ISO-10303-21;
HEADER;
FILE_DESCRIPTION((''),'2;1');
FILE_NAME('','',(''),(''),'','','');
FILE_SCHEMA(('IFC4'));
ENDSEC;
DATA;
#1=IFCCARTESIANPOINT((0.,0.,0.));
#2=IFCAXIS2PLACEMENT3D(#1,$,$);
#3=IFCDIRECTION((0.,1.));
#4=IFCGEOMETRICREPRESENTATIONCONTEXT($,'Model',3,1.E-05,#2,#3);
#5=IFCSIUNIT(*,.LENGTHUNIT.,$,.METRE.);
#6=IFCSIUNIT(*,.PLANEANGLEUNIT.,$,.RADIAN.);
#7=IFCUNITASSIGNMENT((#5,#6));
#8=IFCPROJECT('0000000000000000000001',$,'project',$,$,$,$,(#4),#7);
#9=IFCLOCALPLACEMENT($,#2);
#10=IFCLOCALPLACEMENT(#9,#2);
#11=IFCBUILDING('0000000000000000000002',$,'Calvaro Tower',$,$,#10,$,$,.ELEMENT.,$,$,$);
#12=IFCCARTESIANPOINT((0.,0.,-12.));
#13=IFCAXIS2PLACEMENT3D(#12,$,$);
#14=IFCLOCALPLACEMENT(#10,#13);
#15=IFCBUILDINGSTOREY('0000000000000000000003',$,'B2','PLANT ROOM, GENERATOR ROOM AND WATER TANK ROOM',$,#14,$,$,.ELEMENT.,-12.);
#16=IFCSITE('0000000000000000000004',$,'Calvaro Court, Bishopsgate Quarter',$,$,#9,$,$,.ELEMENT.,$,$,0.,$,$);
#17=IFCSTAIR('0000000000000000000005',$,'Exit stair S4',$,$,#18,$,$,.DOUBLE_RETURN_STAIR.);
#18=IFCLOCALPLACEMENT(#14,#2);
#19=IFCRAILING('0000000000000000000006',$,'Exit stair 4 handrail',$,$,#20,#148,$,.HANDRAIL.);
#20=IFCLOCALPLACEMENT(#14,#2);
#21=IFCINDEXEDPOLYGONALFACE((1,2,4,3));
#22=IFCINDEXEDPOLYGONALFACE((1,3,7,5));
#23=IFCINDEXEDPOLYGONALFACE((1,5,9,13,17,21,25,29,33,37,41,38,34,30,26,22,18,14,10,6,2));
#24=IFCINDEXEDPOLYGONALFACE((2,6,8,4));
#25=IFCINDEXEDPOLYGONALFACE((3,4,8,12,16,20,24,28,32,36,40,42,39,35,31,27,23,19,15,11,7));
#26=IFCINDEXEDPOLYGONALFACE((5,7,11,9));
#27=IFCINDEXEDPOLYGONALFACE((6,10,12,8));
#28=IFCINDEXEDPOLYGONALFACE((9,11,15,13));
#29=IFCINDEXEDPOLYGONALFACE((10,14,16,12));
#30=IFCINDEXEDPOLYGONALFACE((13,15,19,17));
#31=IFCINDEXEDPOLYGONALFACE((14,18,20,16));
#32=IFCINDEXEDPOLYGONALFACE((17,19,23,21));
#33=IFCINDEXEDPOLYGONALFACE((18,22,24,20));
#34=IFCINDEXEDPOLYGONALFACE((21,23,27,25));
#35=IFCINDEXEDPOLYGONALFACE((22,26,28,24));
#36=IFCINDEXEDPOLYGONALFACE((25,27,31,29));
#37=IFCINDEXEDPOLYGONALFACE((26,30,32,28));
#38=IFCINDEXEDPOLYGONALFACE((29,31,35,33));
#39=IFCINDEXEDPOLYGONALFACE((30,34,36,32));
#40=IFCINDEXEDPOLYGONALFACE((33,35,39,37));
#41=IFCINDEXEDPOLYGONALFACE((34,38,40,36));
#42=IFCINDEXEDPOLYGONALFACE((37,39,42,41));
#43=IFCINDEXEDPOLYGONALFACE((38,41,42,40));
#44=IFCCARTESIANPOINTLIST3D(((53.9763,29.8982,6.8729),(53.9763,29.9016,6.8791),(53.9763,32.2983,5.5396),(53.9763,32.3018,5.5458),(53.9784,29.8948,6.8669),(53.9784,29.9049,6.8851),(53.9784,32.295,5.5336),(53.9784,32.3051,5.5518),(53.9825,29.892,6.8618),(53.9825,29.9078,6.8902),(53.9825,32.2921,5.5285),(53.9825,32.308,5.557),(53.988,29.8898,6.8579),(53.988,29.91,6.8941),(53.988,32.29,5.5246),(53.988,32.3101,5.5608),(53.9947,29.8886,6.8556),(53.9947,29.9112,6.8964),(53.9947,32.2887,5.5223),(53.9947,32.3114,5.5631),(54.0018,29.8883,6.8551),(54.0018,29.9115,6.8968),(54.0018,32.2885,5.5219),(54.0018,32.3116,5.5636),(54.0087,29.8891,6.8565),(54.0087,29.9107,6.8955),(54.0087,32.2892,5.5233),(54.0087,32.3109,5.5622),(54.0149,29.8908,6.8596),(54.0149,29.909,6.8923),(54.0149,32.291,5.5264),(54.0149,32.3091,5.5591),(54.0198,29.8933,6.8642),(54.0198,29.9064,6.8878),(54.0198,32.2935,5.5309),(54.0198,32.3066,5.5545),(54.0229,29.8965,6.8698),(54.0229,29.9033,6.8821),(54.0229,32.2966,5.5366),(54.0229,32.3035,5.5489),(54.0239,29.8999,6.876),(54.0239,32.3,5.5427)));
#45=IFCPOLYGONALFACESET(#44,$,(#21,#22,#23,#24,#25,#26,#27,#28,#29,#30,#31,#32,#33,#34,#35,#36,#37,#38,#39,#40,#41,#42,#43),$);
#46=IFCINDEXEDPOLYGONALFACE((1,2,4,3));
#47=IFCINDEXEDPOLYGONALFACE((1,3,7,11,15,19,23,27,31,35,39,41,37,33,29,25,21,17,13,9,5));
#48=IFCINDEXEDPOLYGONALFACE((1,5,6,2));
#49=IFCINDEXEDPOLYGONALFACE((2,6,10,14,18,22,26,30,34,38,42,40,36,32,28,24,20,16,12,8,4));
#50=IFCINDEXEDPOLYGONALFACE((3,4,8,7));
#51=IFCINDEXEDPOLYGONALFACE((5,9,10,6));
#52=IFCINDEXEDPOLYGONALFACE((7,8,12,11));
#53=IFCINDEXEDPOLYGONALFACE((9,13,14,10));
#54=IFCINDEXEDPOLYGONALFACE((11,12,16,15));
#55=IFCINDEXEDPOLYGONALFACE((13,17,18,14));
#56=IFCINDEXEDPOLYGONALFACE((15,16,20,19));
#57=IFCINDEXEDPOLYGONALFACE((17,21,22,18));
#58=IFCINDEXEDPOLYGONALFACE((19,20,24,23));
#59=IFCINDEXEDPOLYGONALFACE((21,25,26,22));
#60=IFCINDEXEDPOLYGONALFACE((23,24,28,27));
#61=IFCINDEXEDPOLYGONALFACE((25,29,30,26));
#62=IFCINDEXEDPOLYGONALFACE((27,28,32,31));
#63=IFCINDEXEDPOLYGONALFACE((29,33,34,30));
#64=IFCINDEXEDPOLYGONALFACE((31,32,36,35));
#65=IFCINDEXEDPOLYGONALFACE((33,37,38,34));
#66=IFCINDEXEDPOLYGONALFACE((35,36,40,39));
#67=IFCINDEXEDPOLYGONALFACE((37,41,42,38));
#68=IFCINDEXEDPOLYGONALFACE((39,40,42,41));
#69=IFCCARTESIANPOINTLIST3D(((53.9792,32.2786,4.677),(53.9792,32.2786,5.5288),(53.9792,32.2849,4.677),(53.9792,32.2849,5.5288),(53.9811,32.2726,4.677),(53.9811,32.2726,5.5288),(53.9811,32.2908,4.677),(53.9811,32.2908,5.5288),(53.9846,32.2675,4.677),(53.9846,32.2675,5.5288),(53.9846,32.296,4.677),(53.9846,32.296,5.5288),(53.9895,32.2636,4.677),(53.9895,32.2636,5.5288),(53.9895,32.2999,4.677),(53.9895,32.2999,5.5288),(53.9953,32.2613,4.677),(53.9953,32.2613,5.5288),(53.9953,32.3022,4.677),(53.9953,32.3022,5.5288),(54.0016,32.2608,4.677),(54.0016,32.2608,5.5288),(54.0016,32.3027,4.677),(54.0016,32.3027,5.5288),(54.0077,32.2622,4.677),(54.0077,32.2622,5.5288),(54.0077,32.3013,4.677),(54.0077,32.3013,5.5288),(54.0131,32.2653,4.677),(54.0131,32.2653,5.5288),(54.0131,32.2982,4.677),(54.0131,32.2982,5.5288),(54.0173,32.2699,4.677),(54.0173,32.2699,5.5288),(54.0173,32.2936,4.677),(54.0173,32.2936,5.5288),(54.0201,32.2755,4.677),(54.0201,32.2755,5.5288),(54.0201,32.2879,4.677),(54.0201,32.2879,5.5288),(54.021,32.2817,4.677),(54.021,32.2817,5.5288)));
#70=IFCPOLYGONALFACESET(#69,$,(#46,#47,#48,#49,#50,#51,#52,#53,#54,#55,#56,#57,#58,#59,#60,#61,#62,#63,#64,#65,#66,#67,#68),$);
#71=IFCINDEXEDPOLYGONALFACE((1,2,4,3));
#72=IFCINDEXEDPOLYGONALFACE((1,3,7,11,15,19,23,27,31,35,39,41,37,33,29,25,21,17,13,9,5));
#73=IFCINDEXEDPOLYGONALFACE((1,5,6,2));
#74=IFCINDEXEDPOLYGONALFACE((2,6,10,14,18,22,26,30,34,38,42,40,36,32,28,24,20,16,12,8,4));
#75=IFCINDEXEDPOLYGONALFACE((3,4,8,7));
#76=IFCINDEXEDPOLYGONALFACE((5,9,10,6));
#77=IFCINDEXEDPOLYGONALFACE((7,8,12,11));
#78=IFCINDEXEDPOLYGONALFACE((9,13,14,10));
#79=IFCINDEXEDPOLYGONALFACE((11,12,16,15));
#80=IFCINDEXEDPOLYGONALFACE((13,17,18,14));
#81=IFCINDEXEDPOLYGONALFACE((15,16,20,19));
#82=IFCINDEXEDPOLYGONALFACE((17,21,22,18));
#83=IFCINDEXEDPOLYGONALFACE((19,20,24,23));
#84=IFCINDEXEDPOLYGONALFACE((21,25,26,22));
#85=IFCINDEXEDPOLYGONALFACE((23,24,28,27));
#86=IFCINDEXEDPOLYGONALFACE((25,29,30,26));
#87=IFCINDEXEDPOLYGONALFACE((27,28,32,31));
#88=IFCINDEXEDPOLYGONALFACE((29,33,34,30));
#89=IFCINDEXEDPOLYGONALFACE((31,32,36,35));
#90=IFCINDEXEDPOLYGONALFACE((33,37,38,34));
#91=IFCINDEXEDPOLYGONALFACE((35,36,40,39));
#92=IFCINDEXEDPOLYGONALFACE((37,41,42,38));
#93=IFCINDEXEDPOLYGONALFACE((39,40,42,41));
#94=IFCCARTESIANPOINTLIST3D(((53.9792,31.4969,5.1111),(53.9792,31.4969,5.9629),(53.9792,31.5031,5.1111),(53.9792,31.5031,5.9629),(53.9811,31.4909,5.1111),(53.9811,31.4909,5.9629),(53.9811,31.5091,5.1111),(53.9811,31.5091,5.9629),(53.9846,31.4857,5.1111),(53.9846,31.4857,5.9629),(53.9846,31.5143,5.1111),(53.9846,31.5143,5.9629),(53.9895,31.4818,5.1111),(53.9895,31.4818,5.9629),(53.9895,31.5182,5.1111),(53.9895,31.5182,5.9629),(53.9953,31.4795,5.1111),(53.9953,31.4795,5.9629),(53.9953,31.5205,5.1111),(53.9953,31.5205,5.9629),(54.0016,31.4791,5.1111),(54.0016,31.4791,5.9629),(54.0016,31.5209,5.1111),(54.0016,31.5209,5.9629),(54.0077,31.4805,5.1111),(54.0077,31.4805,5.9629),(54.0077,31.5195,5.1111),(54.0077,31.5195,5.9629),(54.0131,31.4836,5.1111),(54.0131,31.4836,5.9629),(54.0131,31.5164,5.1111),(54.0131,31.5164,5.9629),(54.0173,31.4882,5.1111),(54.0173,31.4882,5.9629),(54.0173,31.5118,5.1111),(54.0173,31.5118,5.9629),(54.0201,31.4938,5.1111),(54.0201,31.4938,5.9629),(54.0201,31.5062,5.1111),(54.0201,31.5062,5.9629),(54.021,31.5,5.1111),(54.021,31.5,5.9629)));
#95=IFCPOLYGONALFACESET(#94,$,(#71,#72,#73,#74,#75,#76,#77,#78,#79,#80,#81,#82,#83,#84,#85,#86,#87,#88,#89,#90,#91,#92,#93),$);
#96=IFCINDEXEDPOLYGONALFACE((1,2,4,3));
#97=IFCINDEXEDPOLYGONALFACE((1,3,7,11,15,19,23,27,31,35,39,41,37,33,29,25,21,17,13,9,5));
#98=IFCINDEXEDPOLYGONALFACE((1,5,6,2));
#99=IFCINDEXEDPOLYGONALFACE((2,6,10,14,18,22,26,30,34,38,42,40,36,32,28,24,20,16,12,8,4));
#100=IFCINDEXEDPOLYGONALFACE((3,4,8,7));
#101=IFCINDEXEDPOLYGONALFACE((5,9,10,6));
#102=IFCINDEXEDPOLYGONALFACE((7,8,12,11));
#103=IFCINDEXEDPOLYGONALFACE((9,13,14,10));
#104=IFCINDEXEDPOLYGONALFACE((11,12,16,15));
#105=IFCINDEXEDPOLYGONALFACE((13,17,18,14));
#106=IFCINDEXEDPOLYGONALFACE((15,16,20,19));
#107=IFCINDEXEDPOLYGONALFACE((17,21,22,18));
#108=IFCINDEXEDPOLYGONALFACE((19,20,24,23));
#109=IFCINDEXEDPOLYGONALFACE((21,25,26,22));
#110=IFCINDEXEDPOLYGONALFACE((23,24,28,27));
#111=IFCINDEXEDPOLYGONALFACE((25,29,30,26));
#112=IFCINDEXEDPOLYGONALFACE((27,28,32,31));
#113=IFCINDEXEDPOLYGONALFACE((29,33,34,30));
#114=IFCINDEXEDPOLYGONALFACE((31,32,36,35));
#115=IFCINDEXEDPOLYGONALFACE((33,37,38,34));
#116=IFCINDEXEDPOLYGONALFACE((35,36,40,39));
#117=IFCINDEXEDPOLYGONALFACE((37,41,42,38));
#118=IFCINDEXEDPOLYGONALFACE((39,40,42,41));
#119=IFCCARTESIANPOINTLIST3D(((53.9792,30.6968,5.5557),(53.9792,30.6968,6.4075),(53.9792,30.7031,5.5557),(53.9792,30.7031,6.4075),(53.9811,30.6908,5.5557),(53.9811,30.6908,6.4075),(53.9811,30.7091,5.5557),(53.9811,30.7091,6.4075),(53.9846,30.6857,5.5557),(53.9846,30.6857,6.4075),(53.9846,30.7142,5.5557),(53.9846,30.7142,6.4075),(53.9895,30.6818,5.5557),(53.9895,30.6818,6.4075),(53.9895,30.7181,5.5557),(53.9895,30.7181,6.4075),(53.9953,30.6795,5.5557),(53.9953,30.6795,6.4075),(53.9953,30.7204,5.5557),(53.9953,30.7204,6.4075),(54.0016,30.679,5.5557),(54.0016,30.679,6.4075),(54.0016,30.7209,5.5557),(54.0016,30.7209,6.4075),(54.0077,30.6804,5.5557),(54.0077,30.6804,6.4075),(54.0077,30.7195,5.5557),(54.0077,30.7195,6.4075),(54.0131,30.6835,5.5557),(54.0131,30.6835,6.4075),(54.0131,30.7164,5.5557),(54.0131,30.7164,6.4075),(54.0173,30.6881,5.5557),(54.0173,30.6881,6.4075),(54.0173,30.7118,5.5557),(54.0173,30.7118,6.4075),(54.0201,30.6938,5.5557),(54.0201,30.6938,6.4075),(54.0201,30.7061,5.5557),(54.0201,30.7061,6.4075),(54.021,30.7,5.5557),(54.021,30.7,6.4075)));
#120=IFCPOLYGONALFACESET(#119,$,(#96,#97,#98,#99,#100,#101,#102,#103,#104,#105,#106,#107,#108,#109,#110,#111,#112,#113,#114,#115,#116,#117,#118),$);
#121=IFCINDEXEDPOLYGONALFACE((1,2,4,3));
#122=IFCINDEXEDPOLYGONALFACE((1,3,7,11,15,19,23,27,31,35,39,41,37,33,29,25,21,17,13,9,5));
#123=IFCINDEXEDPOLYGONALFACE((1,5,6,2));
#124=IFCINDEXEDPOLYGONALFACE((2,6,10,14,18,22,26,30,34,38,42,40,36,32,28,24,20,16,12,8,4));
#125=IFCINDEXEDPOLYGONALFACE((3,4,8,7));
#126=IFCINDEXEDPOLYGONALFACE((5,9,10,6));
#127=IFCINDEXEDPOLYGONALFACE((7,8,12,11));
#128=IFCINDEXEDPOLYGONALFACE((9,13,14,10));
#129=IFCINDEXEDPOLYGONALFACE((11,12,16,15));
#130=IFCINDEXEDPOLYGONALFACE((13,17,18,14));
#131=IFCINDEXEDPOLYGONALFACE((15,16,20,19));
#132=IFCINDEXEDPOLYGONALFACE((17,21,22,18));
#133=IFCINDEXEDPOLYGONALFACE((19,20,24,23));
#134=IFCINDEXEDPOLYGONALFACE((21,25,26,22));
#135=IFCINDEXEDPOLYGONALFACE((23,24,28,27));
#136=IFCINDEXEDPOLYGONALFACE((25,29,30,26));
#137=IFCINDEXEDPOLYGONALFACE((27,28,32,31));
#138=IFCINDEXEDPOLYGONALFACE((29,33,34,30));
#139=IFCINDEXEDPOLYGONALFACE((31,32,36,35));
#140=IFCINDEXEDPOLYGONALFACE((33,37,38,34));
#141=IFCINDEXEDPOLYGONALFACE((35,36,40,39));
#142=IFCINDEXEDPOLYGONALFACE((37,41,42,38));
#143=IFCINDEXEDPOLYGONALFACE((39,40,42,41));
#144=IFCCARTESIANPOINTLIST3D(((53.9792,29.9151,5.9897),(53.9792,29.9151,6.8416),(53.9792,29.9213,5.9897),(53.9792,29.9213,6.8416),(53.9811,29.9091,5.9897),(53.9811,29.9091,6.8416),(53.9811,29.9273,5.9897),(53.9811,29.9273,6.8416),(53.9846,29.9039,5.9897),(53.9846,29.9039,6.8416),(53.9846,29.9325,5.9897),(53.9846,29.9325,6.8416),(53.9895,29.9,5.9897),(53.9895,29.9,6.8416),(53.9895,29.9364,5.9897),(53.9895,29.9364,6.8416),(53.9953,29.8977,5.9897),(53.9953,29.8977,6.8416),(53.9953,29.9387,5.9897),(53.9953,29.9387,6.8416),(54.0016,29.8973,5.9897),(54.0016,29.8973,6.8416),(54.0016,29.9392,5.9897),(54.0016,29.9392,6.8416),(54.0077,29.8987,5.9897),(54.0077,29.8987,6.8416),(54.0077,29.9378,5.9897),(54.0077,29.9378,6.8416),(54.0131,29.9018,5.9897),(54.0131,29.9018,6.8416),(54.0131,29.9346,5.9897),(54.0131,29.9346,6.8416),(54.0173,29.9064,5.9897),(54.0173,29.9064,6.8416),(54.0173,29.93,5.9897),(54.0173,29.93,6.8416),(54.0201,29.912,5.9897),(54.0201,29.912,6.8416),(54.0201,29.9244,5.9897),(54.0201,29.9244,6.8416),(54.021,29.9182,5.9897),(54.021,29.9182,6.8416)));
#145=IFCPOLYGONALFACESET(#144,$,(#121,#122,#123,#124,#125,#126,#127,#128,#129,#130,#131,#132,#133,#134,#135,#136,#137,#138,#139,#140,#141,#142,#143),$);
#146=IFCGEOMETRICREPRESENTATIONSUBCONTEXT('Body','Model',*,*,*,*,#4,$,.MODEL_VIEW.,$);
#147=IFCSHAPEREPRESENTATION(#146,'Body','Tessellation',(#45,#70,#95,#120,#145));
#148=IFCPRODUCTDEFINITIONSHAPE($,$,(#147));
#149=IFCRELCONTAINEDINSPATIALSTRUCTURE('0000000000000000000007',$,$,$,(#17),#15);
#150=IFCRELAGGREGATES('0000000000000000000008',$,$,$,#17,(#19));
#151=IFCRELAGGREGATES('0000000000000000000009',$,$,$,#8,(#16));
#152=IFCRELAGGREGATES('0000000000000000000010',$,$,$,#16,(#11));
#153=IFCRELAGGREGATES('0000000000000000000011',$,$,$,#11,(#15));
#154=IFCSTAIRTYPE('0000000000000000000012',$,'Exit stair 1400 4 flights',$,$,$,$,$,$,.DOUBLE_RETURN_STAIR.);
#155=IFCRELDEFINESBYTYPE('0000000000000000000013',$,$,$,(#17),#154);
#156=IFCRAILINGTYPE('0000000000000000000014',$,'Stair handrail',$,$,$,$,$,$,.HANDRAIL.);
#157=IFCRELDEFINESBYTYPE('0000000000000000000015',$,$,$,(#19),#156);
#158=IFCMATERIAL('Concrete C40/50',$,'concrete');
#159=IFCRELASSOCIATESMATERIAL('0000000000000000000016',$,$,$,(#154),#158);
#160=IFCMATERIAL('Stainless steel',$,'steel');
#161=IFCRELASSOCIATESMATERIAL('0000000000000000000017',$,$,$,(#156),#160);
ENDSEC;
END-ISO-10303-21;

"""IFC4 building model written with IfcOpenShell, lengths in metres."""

from ifc_helpers import new_model, si_unit, direction, frame, origin, origin_2d, place, context, subcontext, project, spatial, circle, extrude, material, type_object, element, aggregate, save


model = new_model("IFC4")

# Units and contexts
model_context = context("Model", 3, precision=1e-05, world=origin(), true_north=direction((0.0, 1.0)))
body_context = subcontext(model_context, "Body", "Model", "MODEL_VIEW")
ifc_project = project(units=[si_unit("LENGTHUNIT", "METRE"), si_unit("PLANEANGLEUNIT", "RADIAN")], contexts=[model_context])

# Site, building, storey
site_placement = place(None, origin())
site = spatial("IfcSite", under=ifc_project, at=site_placement, Name="Calvaro Court, Bishopsgate Quarter", CompositionType="ELEMENT", RefElevation=0.0)
building_placement = place(site_placement, origin())
building = spatial("IfcBuilding", under=site, at=building_placement, Name="Calvaro Tower", CompositionType="ELEMENT")
storey_placement = place(building_placement, frame((0.0, 0.0, -12.0)))
storey = spatial("IfcBuildingStorey", under=building, at=storey_placement, Name="B2", Description="PLANT ROOM, GENERATOR ROOM AND WATER TANK ROOM", CompositionType="ELEMENT", Elevation=-12.0)

# Shared definitions
ifc_material_1 = material(Name="Concrete C40/50", Category="concrete")
stair_type = type_object("IfcStairType", Name="Exit stair 1400 4 flights", PredefinedType="DOUBLE_RETURN_STAIR", material=ifc_material_1)

# Stair, railing
stair_1_placement = place(storey_placement, origin())
stair_1 = element("IfcStair", 1, at=stair_1_placement, inside=storey, type_object=stair_type, Name="Exit stair S4", PredefinedType="DOUBLE_RETURN_STAIR")
ifc_material_2 = material(Name="Stainless steel", Category="steel")
railing_type = type_object("IfcRailingType", Name="Stair handrail", PredefinedType="HANDRAIL", material=ifc_material_2)
railing_1_placement = place(storey_placement, frame((54.0, 32.3, 4.6667)))
railing_1 = element("IfcRailing", 2, at=railing_1_placement, type_object=railing_type, Name="Exit stair 4 handrail", PredefinedType="HANDRAIL", context=body_context, shape_type="SweptSolid", body=[
    extrude(circle(Radius=0.0239, at=origin_2d()), frame((0.0, 0.0, 0.876), z_axis=(0.0, -0.874182, 0.485598), x_axis=(1.0, 0.0, 0.0)), (0.0, 0.0, 1.0), 2.7456),
    extrude(circle(Radius=0.021, at=origin_2d()), frame((0.0, -0.0183, 0.0103)), (0.0, 0.0, 1.0), 0.8518),
    extrude(circle(Radius=0.021, at=origin_2d()), frame((0.0, -0.8, 0.4443)), (0.0, 0.0, 1.0), 0.8518),
    extrude(circle(Radius=0.021, at=origin_2d()), frame((0.0, -1.6001, 0.8889)), (0.0, 0.0, 1.0), 0.8518),
    extrude(circle(Radius=0.021, at=origin_2d()), frame((0.0, -2.3818, 1.323)), (0.0, 0.0, 1.0), 0.8518),
])
aggregate(stair_1, [railing_1])

save(model, "model.ifc")
